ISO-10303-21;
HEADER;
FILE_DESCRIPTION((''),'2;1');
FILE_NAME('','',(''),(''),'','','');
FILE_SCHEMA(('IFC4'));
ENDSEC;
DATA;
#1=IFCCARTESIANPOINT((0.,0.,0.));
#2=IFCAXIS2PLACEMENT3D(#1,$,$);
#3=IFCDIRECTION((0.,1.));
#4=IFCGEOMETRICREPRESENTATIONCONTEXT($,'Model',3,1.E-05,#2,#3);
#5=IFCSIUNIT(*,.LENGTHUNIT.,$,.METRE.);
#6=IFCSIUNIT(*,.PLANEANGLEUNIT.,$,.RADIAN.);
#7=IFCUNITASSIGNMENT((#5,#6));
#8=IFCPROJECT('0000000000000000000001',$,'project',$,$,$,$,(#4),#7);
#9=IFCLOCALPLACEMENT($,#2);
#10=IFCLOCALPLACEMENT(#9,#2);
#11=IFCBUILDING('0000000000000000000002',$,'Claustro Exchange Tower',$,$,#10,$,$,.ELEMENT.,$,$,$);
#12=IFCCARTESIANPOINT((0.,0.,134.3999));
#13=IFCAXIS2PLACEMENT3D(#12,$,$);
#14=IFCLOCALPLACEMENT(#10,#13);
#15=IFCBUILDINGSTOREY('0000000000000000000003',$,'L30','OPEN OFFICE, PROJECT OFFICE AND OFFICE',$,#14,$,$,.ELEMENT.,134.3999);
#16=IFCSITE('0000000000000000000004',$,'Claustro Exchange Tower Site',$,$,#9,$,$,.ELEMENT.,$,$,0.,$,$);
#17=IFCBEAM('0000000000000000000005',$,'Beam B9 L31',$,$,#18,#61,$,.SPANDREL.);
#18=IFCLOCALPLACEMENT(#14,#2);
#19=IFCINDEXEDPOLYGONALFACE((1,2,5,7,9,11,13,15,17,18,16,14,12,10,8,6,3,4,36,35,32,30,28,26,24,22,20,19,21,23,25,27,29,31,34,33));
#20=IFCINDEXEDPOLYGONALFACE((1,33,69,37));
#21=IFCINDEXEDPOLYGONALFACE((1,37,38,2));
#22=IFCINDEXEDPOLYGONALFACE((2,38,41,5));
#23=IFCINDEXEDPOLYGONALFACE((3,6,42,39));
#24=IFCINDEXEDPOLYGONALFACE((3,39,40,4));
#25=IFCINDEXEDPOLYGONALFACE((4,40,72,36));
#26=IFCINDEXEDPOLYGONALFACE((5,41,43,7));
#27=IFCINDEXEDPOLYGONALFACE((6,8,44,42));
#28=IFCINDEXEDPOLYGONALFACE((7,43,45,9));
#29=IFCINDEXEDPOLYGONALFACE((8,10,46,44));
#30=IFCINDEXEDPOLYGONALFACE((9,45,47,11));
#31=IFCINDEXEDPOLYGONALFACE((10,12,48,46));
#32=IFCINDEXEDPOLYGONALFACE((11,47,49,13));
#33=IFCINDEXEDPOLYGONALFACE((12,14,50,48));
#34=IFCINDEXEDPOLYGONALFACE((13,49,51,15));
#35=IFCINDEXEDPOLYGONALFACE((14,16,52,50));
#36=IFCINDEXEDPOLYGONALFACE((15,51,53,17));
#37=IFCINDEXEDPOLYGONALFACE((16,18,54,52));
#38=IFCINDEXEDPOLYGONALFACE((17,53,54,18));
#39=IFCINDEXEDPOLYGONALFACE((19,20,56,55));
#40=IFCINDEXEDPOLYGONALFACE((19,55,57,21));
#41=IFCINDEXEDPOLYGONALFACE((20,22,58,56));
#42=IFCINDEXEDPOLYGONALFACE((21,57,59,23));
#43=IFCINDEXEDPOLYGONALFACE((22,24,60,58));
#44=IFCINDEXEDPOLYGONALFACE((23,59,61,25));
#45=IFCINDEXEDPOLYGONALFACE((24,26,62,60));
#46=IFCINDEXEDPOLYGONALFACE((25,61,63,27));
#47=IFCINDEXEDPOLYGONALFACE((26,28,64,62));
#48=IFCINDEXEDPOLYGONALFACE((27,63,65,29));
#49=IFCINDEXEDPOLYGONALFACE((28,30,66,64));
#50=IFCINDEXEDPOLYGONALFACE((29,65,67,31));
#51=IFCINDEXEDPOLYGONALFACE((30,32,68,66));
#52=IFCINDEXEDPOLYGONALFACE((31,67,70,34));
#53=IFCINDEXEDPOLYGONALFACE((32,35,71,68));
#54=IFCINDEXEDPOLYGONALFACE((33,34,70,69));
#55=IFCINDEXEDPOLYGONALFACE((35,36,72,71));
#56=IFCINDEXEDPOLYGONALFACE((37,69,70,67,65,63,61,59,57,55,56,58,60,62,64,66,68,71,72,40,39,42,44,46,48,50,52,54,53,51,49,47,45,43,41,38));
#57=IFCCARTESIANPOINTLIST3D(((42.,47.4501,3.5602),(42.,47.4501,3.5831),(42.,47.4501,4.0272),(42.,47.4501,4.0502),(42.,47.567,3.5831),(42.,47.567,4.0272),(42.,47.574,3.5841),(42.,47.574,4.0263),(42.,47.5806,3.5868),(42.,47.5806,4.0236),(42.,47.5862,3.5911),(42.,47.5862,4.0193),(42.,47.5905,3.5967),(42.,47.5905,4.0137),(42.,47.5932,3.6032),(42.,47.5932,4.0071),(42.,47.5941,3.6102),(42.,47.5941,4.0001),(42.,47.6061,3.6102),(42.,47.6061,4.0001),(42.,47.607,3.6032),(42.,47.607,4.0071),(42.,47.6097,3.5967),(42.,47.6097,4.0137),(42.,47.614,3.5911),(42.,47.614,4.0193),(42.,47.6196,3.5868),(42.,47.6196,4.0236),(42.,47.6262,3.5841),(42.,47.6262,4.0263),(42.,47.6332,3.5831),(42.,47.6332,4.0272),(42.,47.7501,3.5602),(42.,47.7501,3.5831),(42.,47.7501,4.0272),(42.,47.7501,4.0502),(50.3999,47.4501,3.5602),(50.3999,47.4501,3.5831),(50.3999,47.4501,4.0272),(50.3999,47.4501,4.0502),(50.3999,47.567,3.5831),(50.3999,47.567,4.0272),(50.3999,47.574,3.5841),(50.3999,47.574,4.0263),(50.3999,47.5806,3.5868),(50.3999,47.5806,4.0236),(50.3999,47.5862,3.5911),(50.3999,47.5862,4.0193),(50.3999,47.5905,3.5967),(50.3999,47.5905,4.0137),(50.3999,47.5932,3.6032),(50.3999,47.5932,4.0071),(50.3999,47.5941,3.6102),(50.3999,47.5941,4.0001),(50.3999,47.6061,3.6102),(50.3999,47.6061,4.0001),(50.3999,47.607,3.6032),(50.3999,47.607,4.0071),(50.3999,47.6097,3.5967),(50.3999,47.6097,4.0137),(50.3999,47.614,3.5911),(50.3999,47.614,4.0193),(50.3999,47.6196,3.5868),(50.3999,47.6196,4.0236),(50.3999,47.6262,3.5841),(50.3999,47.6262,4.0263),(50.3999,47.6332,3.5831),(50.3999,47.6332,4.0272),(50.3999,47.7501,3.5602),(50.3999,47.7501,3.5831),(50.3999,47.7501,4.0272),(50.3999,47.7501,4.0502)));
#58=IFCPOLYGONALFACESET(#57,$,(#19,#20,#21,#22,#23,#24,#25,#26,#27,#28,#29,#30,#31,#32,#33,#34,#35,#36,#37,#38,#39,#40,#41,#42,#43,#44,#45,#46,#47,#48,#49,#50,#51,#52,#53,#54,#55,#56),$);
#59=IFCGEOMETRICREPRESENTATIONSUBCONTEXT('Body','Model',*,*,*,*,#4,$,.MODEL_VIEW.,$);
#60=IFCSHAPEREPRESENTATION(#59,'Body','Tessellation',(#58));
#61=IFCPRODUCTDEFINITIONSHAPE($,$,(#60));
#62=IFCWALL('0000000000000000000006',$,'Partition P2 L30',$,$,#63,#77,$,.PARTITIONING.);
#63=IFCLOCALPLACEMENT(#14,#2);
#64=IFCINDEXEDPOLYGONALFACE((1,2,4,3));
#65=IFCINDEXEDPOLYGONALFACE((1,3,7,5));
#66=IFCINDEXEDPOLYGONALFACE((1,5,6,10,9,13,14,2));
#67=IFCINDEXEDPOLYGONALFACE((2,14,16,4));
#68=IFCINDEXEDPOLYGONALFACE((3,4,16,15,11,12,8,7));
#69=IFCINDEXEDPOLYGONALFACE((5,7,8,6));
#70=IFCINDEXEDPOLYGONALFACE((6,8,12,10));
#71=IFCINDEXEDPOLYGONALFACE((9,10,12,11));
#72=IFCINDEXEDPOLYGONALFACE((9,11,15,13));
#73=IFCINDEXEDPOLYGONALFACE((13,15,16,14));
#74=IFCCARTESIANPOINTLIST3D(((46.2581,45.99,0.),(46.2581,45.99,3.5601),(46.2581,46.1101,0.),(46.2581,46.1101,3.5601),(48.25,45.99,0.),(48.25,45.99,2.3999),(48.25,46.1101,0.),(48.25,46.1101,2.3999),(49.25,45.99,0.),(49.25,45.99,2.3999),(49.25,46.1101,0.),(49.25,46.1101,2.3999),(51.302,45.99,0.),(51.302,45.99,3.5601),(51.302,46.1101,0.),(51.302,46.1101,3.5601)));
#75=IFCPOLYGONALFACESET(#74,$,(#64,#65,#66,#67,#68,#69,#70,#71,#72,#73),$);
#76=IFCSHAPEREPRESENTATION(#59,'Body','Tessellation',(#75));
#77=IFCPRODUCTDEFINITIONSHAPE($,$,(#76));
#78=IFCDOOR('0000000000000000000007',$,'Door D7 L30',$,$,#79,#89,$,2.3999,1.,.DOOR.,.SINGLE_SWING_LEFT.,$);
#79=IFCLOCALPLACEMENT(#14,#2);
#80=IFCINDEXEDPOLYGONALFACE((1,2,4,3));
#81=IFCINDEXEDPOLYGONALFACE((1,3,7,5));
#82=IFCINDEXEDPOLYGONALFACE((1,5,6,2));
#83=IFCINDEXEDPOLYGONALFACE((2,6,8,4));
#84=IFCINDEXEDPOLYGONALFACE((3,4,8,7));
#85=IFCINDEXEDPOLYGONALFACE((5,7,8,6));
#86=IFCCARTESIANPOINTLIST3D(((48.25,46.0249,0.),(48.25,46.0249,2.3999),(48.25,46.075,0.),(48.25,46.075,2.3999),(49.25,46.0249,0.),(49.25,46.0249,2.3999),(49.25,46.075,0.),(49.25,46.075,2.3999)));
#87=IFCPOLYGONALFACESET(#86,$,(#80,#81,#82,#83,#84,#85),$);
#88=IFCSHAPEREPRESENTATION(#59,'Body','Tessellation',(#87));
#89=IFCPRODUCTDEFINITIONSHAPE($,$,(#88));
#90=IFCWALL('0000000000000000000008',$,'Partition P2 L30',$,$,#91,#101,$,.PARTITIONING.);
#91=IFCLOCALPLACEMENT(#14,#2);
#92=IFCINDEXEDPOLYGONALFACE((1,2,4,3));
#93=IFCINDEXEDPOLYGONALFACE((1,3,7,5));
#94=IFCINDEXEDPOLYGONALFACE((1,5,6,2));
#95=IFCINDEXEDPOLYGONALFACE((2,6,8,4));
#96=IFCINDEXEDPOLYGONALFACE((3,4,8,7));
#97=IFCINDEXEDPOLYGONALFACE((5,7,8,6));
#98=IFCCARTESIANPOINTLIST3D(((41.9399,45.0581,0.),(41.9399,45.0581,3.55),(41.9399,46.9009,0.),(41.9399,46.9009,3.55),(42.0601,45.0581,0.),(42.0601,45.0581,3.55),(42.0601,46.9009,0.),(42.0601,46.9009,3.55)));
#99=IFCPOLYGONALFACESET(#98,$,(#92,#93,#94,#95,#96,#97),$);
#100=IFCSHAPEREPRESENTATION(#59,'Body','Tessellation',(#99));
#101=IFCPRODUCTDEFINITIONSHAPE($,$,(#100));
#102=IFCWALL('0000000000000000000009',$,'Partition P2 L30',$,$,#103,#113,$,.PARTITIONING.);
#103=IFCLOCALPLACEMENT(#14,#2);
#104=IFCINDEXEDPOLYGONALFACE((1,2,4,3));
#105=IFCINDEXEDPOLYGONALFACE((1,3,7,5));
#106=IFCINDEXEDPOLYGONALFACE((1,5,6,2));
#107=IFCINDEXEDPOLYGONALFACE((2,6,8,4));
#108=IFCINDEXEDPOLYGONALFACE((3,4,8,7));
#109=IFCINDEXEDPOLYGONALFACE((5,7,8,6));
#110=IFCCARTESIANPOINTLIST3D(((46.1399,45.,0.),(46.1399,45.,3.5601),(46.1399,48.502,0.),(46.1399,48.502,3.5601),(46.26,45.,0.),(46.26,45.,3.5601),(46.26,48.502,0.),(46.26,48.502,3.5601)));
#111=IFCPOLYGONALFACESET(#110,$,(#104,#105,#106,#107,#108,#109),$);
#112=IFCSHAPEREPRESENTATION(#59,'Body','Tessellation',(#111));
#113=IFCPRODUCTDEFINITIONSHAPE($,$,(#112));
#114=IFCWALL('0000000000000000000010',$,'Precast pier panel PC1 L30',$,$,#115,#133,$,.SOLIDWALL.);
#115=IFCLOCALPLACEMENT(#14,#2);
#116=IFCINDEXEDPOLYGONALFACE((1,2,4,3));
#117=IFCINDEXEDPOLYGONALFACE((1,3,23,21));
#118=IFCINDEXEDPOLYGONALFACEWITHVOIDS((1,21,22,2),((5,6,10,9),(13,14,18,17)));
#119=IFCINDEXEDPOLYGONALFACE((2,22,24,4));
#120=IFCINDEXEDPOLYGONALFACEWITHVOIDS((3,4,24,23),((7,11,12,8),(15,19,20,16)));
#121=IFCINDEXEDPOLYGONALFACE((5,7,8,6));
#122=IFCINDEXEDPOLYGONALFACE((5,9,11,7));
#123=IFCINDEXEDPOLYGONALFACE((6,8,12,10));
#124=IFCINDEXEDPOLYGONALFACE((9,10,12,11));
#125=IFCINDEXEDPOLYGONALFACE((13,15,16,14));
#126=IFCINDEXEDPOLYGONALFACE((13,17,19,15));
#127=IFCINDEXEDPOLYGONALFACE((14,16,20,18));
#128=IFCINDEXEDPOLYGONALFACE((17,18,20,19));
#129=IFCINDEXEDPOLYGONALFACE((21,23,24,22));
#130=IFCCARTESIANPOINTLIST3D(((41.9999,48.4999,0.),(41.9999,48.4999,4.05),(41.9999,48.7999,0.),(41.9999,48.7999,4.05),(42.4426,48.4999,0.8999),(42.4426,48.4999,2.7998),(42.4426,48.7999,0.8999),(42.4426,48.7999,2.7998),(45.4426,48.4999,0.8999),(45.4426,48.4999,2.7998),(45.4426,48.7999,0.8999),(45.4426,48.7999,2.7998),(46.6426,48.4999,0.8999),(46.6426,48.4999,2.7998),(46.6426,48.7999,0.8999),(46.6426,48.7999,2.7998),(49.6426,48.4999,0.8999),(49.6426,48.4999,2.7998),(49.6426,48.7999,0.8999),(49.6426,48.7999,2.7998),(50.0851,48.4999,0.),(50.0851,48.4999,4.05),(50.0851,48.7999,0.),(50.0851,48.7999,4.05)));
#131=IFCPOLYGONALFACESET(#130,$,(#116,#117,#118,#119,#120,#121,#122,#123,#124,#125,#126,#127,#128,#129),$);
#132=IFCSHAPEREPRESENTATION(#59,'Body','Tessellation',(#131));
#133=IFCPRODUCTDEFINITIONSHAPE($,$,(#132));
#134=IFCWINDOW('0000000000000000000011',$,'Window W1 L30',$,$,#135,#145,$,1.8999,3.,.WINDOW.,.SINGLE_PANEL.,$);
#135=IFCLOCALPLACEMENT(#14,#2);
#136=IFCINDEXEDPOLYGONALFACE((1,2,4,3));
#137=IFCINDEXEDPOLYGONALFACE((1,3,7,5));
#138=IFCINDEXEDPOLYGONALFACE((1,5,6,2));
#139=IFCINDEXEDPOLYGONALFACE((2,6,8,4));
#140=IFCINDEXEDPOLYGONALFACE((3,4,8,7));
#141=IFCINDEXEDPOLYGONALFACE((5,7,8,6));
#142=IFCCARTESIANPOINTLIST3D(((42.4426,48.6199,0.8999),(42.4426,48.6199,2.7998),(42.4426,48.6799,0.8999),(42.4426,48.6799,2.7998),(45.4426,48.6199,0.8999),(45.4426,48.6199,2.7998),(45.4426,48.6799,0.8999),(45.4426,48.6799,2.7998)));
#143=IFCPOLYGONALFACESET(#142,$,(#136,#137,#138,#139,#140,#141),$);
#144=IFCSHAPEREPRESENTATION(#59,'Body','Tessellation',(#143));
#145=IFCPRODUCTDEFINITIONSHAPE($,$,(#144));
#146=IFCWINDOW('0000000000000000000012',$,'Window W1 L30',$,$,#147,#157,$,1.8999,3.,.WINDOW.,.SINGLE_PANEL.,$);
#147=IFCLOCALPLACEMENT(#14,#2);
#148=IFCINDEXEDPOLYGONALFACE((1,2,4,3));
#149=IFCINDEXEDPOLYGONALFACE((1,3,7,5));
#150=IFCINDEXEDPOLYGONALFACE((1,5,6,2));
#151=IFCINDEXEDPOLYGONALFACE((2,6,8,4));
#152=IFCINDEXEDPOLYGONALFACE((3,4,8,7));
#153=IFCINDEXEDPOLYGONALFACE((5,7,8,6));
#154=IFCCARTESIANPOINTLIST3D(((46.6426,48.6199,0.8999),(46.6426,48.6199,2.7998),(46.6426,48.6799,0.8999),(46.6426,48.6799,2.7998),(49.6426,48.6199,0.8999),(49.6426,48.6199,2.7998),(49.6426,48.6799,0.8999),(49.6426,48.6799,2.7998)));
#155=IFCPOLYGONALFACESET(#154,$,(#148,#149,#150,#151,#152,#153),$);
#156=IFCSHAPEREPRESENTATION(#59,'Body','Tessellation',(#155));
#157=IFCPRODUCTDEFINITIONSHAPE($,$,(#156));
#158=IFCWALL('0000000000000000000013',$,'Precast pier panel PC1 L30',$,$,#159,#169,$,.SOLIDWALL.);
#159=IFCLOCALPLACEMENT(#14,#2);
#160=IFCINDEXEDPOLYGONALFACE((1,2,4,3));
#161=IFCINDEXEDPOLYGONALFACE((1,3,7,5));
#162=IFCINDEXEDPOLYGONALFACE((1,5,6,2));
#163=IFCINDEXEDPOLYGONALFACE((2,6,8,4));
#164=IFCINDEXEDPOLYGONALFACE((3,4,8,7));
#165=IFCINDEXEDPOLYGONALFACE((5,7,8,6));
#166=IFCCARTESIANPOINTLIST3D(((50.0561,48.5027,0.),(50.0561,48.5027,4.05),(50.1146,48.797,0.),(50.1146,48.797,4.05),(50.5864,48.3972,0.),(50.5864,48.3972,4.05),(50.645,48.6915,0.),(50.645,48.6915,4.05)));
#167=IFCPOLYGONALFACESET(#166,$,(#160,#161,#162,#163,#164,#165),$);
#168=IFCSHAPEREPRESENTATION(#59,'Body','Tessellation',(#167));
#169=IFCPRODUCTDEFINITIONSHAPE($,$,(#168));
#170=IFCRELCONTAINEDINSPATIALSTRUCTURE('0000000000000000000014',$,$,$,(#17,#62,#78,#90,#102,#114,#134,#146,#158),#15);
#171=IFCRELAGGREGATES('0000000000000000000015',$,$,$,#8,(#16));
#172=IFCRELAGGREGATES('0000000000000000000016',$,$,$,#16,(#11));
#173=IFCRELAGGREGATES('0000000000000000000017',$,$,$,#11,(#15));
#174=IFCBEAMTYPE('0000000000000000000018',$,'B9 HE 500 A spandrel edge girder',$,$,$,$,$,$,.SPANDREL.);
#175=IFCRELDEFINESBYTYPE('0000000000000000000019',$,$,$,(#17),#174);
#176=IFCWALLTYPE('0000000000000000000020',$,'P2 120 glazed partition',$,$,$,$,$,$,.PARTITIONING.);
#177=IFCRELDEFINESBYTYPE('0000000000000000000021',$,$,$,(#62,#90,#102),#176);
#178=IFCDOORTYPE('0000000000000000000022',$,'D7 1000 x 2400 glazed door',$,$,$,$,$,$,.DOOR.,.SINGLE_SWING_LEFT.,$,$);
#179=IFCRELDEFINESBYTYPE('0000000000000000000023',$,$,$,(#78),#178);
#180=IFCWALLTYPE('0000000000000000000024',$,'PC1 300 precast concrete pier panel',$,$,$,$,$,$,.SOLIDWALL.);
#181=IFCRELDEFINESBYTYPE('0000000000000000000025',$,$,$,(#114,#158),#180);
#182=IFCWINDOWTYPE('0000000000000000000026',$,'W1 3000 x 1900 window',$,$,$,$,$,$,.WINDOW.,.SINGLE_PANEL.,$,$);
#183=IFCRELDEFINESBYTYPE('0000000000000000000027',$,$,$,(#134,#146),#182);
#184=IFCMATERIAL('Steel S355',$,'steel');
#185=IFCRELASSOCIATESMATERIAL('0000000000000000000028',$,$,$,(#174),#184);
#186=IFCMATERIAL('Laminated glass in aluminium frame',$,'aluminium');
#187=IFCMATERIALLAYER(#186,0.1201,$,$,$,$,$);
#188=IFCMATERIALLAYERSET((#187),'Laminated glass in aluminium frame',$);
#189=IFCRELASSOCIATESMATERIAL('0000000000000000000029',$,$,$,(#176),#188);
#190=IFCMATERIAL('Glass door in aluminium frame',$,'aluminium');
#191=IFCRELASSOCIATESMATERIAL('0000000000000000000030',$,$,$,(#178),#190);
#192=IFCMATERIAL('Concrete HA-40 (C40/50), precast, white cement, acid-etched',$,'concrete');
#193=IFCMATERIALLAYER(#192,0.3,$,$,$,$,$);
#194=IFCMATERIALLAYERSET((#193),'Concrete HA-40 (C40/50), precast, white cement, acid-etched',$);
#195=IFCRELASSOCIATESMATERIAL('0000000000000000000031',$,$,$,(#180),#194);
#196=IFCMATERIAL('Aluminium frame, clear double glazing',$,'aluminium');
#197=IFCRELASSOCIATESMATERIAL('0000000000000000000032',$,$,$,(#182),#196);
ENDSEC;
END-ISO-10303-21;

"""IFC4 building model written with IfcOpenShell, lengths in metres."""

from ifc_helpers import new_model, si_unit, direction, frame, frame_2d, origin, origin_2d, place, context, subcontext, project, spatial, rectangle, i_section, extrude, material, layer, layer_set, material_profile, profile_set, type_object, element, fill, save


model = new_model("IFC4")

# Units and contexts
model_context = context("Model", 3, precision=1e-05, world=origin(), true_north=direction((0.0, 1.0)))
body_context = subcontext(model_context, "Body", "Model", "MODEL_VIEW")
ifc_project = project(units=[si_unit("LENGTHUNIT", "METRE"), si_unit("PLANEANGLEUNIT", "RADIAN")], contexts=[model_context])

# Site, building, storey
site_placement = place(None, origin())
site = spatial("IfcSite", under=ifc_project, at=site_placement, Name="Claustro Exchange Tower Site", CompositionType="ELEMENT", RefElevation=0.0)
building_placement = place(site_placement, origin())
building = spatial("IfcBuilding", under=site, at=building_placement, Name="Claustro Exchange Tower", CompositionType="ELEMENT")
storey_placement = place(building_placement, frame((0.0, 0.0, 134.3999)))
storey = spatial("IfcBuildingStorey", under=building, at=storey_placement, Name="L30", Description="OPEN OFFICE, PROJECT OFFICE AND OFFICE", CompositionType="ELEMENT", Elevation=134.3999)

# Beam
ifc_material_1 = material(Name="Steel S355", Category="steel")
ifc_material_profile_1 = material_profile(ifc_material_1, i_section(OverallWidth=0.3, OverallDepth=0.49, WebThickness=0.012, FlangeThickness=0.0229, FilletRadius=0.0271, at=origin_2d()), Name="HE 500 A")
ifc_profile_set_1 = profile_set([ifc_material_profile_1], Name="Steel S355")
beam_type_1 = type_object("IfcBeamType", Name="B9 HE 500 A spandrel edge girder", PredefinedType="SPANDREL", material=ifc_profile_set_1)
beam_1_placement = place(storey_placement, frame((42.0, 47.6001, 3.8052), z_axis=(1.0, 0.0, 0.0), x_axis=(0.0, 1.0, 0.0)))
element("IfcBeam", 1, at=beam_1_placement, inside=storey, type_object=beam_type_1, Name="Beam B9 L31", PredefinedType="SPANDREL", context=body_context, shape_type="SweptSolid", body=[
    extrude(i_section(OverallWidth=0.3, OverallDepth=0.49, WebThickness=0.012, FlangeThickness=0.0229, FilletRadius=0.0271, at=origin_2d()), origin(), (0.0, 0.0, 1.0), 8.3999),
])

# Wall, opening, door
ifc_material_2 = material(Name="Laminated glass in aluminium frame", Category="aluminium")
ifc_layer_1 = layer(ifc_material_2, 0.1201)
ifc_layer_set_1 = layer_set([ifc_layer_1], Name="Laminated glass in aluminium frame")
wall_type_1 = type_object("IfcWallType", Name="P2 120 glazed partition", PredefinedType="PARTITIONING", material=ifc_layer_set_1)
wall_1_placement = place(storey_placement, frame((46.2581, 46.05, 0.0), z_axis=(0.0, 0.0, 1.0), x_axis=(1.0, 0.0, 0.0)))
wall_1 = element("IfcWall", 2, at=wall_1_placement, inside=storey, type_object=wall_type_1, Name="Partition P2 L30", PredefinedType="PARTITIONING", context=body_context, shape_type="SweptSolid", body=[
    extrude(rectangle(XDim=5.0439, YDim=0.1201, at=frame_2d((2.522, 0.0))), origin(), (0.0, 0.0, 1.0), 3.5601),
])
opening_1_placement = place(wall_1_placement, frame((1.9919, 0.0, 0.0)))
opening_1 = element("IfcOpeningElement", 3, at=opening_1_placement, cuts=wall_1, PredefinedType="OPENING", context=body_context, shape_type="SweptSolid", body=[
    extrude(rectangle(XDim=1.0, YDim=2.3999, at=frame_2d((0.5, 1.2))), frame((0.0, 0.0701, 0.0), z_axis=(0.0, -1.0, 0.0), x_axis=(1.0, 0.0, 0.0)), (0.0, 0.0, 1.0), 0.1401),
])
ifc_material_3 = material(Name="Glass door in aluminium frame", Category="aluminium")
door_type = type_object("IfcDoorType", Name="D7 1000 x 2400 glazed door", OperationType="SINGLE_SWING_LEFT", PredefinedType="DOOR", material=ifc_material_3)
door_placement = place(opening_1_placement, origin())
door = element("IfcDoor", 4, at=door_placement, inside=storey, type_object=door_type, Name="Door D7 L30", OperationType="SINGLE_SWING_LEFT", OverallHeight=2.3999, OverallWidth=1.0, PredefinedType="DOOR", context=body_context, shape_type="SweptSolid", body=[
    extrude(rectangle(XDim=1.0, YDim=2.3999, at=frame_2d((0.5, 1.2))), frame((0.0, 0.0249, 0.0), z_axis=(0.0, -1.0, 0.0), x_axis=(1.0, 0.0, 0.0)), (0.0, 0.0, 1.0), 0.05),
])
fill(opening_1, door)

# Walls
wall_2_placement = place(storey_placement, frame((42.0, 45.0581, 0.0), z_axis=(0.0, 0.0, 1.0), x_axis=(0.0, 1.0, 0.0)))
element("IfcWall", 5, at=wall_2_placement, inside=storey, type_object=wall_type_1, Name="Partition P2 L30", PredefinedType="PARTITIONING", context=body_context, shape_type="SweptSolid", body=[
    extrude(rectangle(XDim=1.8428, YDim=0.1201, at=frame_2d((0.9214, 0.0))), origin(), (0.0, 0.0, 1.0), 3.55),
])
wall_3_placement = place(storey_placement, frame((46.2, 45.0, 0.0), z_axis=(0.0, 0.0, 1.0), x_axis=(0.0, 1.0, 0.0)))
element("IfcWall", 6, at=wall_3_placement, inside=storey, type_object=wall_type_1, Name="Partition P2 L30", PredefinedType="PARTITIONING", context=body_context, shape_type="SweptSolid", body=[
    extrude(rectangle(XDim=3.502, YDim=0.1201, at=frame_2d((1.751, 0.0))), origin(), (0.0, 0.0, 1.0), 3.5601),
])

# Wall, openings, windows
ifc_material_4 = material(Name="Concrete HA-40 (C40/50), precast, white cement, acid-etched", Category="concrete")
ifc_layer_2 = layer(ifc_material_4, 0.3)
ifc_layer_set_2 = layer_set([ifc_layer_2], Name="Concrete HA-40 (C40/50), precast, white cement, acid-etched")
wall_type_2 = type_object("IfcWallType", Name="PC1 300 precast concrete pier panel", PredefinedType="SOLIDWALL", material=ifc_layer_set_2)
wall_4_placement = place(storey_placement, frame((42.0, 48.6499, 0.0), z_axis=(0.0, 0.0, 1.0), x_axis=(1.0, 0.0, 0.0)))
wall_4 = element("IfcWall", 7, at=wall_4_placement, inside=storey, type_object=wall_type_2, Name="Precast pier panel PC1 L30", PredefinedType="SOLIDWALL", context=body_context, shape_type="SweptSolid", body=[
    extrude(rectangle(XDim=8.0852, YDim=0.3, at=frame_2d((4.0425, 0.0))), origin(), (0.0, 0.0, 1.0), 4.05),
])
opening_2_placement = place(wall_4_placement, frame((0.4426, 0.0, 0.8999)))
opening_2 = element("IfcOpeningElement", 8, at=opening_2_placement, cuts=wall_4, PredefinedType="OPENING", context=body_context, shape_type="SweptSolid", body=[
    extrude(rectangle(XDim=3.0, YDim=1.8999, at=frame_2d((1.5, 0.95))), frame((0.0, 0.1599, 0.0), z_axis=(0.0, -1.0, 0.0), x_axis=(1.0, 0.0, 0.0)), (0.0, 0.0, 1.0), 0.3201),
])
opening_3_placement = place(wall_4_placement, frame((4.6426, 0.0, 0.8999)))
opening_3 = element("IfcOpeningElement", 9, at=opening_3_placement, cuts=wall_4, PredefinedType="OPENING", context=body_context, shape_type="SweptSolid", body=[
    extrude(rectangle(XDim=3.0, YDim=1.8999, at=frame_2d((1.5, 0.95))), frame((0.0, 0.1599, 0.0), z_axis=(0.0, -1.0, 0.0), x_axis=(1.0, 0.0, 0.0)), (0.0, 0.0, 1.0), 0.3201),
])
ifc_material_5 = material(Name="Aluminium frame, clear double glazing", Category="aluminium")
window_type_1 = type_object("IfcWindowType", Name="W1 3000 x 1900 window", PartitioningType="SINGLE_PANEL", PredefinedType="WINDOW", material=ifc_material_5)
window_1_placement = place(opening_2_placement, origin())
window_1 = element("IfcWindow", 10, at=window_1_placement, inside=storey, type_object=window_type_1, Name="Window W1 L30", OverallHeight=1.8999, OverallWidth=3.0, PartitioningType="SINGLE_PANEL", PredefinedType="WINDOW", context=body_context, shape_type="SweptSolid", body=[
    extrude(rectangle(XDim=3.0, YDim=1.8999, at=frame_2d((1.5, 0.95))), frame((0.0, 0.03, 0.0), z_axis=(0.0, -1.0, 0.0), x_axis=(1.0, 0.0, 0.0)), (0.0, 0.0, 1.0), 0.0601),
])
fill(opening_2, window_1)
window_2_placement = place(opening_3_placement, origin())
window_2 = element("IfcWindow", 11, at=window_2_placement, inside=storey, type_object=window_type_1, Name="Window W1 L30", OverallHeight=1.8999, OverallWidth=3.0, PartitioningType="SINGLE_PANEL", PredefinedType="WINDOW", context=body_context, shape_type="SweptSolid", body=[
    extrude(rectangle(XDim=3.0, YDim=1.8999, at=frame_2d((1.5, 0.95))), frame((0.0, 0.03, 0.0), z_axis=(0.0, -1.0, 0.0), x_axis=(1.0, 0.0, 0.0)), (0.0, 0.0, 1.0), 0.0601),
])
fill(opening_3, window_2)

# Wall
wall_5_placement = place(storey_placement, frame((50.0852, 48.6499, 0.0), z_axis=(0.0, 0.0, 1.0), x_axis=(0.980789, -0.195074, 0.0)))
element("IfcWall", 12, at=wall_5_placement, inside=storey, type_object=wall_type_2, Name="Precast pier panel PC1 L30", PredefinedType="SOLIDWALL", context=body_context, shape_type="SweptSolid", body=[
    extrude(rectangle(XDim=0.5408, YDim=0.3, at=frame_2d((0.2705, 0.0))), origin(), (0.0, 0.0, 1.0), 4.05),
])

save(model, "model.ifc")
